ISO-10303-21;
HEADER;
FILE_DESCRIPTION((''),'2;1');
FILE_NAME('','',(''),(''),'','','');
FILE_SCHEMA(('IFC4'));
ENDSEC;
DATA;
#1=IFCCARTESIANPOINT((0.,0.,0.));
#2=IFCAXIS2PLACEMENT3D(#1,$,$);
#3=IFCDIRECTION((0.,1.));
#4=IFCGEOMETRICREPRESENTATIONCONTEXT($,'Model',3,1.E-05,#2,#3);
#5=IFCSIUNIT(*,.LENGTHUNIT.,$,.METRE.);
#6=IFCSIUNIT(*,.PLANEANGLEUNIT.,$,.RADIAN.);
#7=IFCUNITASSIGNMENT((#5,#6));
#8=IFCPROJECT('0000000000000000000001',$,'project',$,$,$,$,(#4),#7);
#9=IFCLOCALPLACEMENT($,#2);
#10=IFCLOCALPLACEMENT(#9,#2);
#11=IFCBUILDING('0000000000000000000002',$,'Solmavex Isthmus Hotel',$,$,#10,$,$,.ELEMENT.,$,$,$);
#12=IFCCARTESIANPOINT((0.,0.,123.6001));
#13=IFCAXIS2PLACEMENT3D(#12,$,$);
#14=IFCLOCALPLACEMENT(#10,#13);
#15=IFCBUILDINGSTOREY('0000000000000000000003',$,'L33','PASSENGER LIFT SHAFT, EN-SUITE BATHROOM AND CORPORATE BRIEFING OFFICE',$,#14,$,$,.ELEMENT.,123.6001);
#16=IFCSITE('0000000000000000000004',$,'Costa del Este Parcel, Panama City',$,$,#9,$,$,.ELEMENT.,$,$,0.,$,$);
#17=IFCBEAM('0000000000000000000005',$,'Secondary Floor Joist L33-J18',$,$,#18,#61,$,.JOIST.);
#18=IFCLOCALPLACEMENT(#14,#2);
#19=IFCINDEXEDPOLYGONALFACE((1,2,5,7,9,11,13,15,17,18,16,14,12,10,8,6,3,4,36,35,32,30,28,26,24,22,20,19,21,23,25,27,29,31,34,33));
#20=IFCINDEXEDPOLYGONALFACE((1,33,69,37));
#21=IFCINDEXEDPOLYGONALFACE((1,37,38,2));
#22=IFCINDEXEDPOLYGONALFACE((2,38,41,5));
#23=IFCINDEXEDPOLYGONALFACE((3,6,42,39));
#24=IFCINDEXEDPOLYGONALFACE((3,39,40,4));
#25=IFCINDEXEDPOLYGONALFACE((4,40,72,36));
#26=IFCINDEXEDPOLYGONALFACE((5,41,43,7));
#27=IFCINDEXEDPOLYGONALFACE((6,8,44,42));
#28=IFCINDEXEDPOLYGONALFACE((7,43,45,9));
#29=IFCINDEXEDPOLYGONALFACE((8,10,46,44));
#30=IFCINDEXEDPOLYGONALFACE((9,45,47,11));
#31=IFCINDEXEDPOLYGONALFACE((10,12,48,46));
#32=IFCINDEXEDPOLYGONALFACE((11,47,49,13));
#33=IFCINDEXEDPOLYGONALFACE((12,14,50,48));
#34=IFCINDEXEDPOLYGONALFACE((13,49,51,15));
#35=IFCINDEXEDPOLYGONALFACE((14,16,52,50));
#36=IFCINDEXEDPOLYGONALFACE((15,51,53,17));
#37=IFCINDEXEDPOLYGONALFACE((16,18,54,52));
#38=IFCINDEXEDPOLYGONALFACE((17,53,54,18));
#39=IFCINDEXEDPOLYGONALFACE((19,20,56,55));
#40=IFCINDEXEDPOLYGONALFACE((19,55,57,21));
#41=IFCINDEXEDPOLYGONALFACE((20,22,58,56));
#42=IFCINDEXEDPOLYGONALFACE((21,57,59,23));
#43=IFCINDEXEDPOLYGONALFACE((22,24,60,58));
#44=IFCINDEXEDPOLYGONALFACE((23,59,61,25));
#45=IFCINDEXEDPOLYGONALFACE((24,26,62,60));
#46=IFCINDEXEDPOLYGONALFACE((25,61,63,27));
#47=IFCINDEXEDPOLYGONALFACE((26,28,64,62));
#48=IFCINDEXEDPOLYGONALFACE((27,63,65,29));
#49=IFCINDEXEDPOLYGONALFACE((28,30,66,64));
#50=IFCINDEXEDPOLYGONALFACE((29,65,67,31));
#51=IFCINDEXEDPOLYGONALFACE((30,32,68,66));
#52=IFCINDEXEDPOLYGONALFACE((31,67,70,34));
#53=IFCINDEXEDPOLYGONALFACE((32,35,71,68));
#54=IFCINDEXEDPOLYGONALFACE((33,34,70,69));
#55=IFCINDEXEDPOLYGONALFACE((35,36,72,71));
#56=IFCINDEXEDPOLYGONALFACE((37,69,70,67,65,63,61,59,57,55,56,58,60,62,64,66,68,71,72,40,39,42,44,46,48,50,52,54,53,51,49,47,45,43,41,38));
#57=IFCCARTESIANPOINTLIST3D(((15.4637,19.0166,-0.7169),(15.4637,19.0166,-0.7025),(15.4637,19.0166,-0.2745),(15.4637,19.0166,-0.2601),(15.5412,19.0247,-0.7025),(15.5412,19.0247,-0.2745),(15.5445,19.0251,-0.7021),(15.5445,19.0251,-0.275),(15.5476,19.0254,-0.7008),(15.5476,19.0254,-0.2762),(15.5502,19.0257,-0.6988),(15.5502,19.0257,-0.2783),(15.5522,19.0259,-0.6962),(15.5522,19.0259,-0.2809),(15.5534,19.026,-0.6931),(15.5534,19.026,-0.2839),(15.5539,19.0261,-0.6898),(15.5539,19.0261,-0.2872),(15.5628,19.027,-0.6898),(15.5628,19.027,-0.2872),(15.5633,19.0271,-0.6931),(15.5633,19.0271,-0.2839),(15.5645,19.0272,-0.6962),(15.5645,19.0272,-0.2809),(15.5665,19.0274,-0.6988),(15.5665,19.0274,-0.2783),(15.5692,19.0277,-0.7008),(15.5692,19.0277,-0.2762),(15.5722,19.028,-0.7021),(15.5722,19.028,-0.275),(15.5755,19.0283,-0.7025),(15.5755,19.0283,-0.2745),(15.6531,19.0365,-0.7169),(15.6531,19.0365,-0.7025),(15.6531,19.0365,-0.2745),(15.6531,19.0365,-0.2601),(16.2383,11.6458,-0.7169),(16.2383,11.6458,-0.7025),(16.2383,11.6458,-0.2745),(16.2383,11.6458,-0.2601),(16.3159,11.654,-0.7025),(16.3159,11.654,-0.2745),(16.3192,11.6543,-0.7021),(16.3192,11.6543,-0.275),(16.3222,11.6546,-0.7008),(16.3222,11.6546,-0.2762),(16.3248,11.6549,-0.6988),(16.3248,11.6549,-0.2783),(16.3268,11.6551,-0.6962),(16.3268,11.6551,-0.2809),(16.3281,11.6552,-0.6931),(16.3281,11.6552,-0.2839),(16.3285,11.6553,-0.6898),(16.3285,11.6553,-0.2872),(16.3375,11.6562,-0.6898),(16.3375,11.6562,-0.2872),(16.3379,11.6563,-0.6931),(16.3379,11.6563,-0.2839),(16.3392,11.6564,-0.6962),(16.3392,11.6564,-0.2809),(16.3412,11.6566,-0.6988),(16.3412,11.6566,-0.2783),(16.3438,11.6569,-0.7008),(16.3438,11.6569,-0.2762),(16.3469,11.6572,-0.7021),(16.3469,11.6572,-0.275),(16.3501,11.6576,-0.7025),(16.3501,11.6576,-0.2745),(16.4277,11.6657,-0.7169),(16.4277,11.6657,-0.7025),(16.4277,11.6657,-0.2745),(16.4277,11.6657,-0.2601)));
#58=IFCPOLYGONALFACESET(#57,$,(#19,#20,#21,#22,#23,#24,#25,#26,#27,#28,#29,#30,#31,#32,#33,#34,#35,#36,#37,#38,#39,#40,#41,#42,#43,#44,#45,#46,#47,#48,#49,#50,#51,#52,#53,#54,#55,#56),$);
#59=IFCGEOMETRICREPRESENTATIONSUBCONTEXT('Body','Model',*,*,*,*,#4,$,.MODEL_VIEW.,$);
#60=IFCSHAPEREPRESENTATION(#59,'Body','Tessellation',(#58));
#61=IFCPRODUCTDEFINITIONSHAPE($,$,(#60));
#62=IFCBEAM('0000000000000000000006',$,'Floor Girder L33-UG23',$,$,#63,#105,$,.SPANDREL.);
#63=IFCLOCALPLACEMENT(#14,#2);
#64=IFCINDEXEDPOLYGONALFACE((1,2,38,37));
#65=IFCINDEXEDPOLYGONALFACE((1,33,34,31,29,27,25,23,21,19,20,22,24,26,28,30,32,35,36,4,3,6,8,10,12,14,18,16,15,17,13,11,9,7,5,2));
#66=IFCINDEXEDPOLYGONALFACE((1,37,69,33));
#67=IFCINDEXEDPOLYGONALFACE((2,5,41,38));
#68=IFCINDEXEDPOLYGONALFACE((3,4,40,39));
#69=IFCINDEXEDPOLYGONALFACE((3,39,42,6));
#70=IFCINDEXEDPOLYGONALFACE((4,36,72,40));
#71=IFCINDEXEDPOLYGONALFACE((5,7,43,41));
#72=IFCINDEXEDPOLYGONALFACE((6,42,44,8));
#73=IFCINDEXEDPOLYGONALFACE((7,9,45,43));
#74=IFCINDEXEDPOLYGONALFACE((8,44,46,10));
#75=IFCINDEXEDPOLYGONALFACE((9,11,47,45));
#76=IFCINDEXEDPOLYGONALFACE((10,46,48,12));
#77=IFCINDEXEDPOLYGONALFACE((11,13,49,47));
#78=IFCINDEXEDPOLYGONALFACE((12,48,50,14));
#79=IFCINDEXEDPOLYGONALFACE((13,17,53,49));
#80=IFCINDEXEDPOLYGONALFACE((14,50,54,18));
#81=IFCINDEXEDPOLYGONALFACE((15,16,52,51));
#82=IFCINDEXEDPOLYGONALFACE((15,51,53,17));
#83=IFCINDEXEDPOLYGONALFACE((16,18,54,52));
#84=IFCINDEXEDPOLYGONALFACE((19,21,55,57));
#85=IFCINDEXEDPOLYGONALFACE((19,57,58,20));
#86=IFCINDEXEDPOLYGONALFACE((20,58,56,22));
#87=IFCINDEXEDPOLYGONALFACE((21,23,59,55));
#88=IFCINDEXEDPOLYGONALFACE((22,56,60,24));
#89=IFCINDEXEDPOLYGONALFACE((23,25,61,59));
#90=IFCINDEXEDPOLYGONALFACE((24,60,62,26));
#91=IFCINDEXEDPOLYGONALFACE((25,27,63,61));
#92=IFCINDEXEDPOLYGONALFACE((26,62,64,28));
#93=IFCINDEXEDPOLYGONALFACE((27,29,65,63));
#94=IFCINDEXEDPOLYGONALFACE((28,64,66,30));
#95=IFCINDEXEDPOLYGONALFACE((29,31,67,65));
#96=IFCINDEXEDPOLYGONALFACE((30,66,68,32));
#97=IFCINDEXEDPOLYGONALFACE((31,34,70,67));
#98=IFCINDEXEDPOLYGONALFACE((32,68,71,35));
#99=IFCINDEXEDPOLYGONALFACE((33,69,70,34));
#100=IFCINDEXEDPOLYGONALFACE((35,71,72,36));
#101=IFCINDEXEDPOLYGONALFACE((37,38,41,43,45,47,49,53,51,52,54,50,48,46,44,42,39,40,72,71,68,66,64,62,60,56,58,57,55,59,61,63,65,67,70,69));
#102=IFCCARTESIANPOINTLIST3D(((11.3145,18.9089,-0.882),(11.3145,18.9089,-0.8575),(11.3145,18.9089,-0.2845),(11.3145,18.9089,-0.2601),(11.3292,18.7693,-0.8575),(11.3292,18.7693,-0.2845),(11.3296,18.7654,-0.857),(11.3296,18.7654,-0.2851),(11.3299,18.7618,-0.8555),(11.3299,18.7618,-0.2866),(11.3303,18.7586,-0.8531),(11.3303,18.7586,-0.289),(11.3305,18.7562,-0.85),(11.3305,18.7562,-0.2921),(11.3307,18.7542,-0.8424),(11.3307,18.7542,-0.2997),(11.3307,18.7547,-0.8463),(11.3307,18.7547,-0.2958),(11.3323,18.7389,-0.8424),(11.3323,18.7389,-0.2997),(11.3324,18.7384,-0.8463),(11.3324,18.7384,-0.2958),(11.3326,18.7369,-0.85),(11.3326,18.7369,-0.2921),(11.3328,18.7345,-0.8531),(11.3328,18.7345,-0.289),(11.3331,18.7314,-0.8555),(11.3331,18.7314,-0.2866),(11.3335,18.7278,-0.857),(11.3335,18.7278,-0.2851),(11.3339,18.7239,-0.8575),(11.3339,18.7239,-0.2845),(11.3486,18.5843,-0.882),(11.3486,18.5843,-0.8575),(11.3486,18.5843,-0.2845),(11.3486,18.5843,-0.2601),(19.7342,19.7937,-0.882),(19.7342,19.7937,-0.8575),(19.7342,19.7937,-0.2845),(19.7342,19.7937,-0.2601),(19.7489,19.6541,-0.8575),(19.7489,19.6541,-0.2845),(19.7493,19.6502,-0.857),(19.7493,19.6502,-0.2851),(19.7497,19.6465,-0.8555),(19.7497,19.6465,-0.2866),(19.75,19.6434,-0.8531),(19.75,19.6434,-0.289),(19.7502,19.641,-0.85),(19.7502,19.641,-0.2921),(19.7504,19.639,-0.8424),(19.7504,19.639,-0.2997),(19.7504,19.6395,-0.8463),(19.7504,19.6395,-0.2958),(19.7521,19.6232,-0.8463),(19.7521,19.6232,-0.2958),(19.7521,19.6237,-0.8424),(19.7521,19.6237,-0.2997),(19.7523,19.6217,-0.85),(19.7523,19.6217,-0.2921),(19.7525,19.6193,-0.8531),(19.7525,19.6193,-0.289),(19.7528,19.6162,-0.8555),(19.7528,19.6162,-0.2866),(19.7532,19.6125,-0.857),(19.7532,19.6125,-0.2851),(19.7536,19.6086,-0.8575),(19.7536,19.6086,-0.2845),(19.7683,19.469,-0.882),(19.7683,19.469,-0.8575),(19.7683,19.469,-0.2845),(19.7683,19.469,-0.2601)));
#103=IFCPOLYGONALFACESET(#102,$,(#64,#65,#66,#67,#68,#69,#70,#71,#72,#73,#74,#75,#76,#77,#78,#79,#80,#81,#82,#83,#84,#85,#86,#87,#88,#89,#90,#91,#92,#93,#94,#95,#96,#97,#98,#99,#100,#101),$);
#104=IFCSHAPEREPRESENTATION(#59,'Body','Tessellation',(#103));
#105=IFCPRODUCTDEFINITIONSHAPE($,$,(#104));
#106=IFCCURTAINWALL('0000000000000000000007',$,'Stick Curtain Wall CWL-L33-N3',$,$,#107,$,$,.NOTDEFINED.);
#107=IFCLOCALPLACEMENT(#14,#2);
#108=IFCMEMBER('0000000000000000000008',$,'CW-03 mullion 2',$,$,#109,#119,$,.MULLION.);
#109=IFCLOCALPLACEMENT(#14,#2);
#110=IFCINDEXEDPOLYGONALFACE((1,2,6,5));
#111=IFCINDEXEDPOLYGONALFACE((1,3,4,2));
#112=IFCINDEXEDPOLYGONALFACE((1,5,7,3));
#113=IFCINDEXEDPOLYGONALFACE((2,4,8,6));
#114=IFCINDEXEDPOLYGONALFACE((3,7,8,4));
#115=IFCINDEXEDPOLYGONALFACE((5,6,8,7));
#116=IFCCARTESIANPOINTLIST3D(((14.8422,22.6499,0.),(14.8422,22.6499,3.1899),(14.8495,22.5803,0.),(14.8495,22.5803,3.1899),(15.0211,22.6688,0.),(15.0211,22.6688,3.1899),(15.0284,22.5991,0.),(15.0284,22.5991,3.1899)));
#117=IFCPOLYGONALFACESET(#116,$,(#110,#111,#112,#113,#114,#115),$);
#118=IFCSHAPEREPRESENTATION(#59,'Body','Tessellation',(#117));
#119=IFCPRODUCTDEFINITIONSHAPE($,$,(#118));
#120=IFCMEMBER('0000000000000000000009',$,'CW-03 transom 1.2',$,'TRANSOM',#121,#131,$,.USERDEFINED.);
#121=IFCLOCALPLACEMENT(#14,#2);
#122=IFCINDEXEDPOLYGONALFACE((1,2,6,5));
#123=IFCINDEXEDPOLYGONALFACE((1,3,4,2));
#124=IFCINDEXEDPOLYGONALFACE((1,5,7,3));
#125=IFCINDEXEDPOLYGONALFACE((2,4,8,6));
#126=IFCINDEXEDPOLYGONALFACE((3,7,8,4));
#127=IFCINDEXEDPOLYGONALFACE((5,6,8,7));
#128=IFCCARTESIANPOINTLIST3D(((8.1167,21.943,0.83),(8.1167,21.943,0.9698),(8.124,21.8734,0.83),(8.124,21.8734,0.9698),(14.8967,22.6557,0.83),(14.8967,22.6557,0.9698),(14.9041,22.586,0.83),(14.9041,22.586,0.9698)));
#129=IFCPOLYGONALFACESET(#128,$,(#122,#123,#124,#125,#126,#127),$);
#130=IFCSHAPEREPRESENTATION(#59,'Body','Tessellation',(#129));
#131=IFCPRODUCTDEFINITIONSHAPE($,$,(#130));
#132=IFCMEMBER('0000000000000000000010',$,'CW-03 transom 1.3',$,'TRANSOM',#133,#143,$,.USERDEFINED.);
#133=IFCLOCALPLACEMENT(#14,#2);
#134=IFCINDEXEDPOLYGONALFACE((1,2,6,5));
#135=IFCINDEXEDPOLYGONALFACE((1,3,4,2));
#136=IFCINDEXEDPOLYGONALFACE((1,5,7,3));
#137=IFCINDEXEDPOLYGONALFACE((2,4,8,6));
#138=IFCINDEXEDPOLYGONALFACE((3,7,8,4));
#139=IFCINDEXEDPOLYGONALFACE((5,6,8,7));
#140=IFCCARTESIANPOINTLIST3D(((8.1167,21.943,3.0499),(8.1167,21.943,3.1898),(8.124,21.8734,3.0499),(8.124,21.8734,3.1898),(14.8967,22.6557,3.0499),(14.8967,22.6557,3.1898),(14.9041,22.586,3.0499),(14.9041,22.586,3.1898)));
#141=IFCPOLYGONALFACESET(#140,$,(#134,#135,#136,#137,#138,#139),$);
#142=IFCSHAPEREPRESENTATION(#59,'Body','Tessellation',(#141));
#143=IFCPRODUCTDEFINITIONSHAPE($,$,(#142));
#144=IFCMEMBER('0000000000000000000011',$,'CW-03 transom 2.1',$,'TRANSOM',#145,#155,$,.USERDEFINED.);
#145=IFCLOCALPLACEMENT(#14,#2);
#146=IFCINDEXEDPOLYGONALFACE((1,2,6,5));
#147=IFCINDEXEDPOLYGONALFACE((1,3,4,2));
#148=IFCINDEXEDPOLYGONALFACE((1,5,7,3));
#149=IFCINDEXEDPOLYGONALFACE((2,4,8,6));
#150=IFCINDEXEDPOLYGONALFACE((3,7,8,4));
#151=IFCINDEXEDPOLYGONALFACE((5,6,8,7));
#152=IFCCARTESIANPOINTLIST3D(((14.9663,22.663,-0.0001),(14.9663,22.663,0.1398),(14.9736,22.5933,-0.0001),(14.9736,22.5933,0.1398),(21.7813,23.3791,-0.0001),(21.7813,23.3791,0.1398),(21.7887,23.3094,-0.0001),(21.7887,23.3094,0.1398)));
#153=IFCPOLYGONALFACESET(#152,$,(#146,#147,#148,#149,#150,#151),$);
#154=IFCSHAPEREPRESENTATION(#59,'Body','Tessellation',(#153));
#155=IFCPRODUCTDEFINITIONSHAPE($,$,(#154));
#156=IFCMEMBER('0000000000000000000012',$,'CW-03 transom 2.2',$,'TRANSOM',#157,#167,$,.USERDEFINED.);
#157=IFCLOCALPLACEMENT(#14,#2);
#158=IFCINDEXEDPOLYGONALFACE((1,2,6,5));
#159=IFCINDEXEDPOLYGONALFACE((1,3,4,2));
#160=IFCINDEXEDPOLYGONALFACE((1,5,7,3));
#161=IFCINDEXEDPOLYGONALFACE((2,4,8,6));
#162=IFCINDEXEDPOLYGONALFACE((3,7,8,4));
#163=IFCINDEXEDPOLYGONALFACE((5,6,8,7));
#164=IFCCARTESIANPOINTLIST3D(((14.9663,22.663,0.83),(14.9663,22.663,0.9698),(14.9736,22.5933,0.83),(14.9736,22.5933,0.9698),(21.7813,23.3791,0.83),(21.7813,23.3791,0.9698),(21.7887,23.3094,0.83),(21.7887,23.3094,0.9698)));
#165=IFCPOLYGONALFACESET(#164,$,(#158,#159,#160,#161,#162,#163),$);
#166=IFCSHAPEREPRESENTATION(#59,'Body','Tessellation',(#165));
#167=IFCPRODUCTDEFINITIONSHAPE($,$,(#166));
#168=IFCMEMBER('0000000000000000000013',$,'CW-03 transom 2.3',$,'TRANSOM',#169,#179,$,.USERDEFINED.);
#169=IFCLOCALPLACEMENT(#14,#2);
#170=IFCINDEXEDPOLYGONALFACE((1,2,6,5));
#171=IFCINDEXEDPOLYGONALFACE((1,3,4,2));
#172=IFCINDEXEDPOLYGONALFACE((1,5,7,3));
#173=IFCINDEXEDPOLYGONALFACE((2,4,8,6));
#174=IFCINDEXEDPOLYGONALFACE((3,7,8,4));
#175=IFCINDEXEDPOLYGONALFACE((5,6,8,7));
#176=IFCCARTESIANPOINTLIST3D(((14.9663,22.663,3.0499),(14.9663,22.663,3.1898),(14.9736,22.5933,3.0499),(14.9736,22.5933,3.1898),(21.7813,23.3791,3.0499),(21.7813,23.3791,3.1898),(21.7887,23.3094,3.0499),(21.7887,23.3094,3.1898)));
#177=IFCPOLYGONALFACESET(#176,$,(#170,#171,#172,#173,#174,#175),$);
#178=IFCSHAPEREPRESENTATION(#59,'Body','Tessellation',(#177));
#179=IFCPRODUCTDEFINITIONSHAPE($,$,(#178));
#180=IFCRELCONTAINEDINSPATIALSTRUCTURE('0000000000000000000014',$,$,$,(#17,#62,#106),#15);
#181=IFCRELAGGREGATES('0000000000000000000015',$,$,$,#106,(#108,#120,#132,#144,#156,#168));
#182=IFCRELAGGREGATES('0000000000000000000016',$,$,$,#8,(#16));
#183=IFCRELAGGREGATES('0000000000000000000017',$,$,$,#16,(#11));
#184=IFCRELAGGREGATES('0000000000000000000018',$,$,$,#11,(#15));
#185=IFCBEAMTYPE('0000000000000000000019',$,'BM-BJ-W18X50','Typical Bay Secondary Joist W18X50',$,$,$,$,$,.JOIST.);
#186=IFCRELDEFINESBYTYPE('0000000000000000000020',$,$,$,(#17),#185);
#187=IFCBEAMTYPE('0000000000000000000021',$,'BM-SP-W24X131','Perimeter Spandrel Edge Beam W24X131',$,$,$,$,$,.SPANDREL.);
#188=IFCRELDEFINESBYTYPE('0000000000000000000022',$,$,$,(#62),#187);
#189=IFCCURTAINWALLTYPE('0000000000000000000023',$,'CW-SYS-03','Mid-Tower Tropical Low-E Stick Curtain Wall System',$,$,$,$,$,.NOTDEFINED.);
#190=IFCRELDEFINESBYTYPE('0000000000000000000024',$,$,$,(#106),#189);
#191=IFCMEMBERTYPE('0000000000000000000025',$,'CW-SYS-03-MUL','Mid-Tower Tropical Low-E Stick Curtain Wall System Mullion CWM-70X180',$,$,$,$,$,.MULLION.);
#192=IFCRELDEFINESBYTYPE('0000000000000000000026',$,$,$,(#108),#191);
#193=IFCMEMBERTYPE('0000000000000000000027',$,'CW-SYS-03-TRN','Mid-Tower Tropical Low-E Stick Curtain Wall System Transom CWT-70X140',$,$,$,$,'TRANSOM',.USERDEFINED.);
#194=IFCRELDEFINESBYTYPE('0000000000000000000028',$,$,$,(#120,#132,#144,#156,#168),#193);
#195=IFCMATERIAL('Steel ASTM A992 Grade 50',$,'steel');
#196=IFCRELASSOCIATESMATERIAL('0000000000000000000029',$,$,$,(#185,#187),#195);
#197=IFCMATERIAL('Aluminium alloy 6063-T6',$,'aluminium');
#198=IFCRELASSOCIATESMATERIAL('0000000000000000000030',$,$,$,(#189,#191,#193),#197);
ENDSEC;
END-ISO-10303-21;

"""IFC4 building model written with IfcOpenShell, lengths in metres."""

from ifc_helpers import new_model, si_unit, direction, frame, origin, origin_2d, place, context, subcontext, project, spatial, rectangle, i_section, extrude, material, material_profile, profile_set, type_object, element, aggregate, save


model = new_model("IFC4")

# Units and contexts
model_context = context("Model", 3, precision=1e-05, world=origin(), true_north=direction((0.0, 1.0)))
body_context = subcontext(model_context, "Body", "Model", "MODEL_VIEW")
ifc_project = project(units=[si_unit("LENGTHUNIT", "METRE"), si_unit("PLANEANGLEUNIT", "RADIAN")], contexts=[model_context])

# Site, building, storey
site_placement = place(None, origin())
site = spatial("IfcSite", under=ifc_project, at=site_placement, Name="Costa del Este Parcel, Panama City", CompositionType="ELEMENT", RefElevation=0.0)
building_placement = place(site_placement, origin())
building = spatial("IfcBuilding", under=site, at=building_placement, Name="Solmavex Isthmus Hotel", CompositionType="ELEMENT")
storey_placement = place(building_placement, frame((0.0, 0.0, 123.6001)))
storey = spatial("IfcBuildingStorey", under=building, at=storey_placement, Name="L33", Description="PASSENGER LIFT SHAFT, EN-SUITE BATHROOM AND CORPORATE BRIEFING OFFICE", CompositionType="ELEMENT", Elevation=123.6001)

# Beams
ifc_material_1 = material(Name="Steel ASTM A992 Grade 50", Category="steel")
ifc_material_profile_1 = material_profile(ifc_material_1, i_section(OverallWidth=0.1904, OverallDepth=0.4568, WebThickness=0.009, FlangeThickness=0.0144, FilletRadius=0.0127, at=origin_2d()), Name="W18X50")
ifc_profile_set_1 = profile_set([ifc_material_profile_1], Name="Steel ASTM A992 Grade 50")
beam_type_1 = type_object("IfcBeamType", Name="BM-BJ-W18X50", Description="Typical Bay Secondary Joist W18X50", PredefinedType="JOIST", material=ifc_profile_set_1)
beam_1_placement = place(storey_placement, frame((16.333, 11.6558, -0.4885), z_axis=(-0.104522, 0.994523, 0.0), x_axis=(-0.994523, -0.104522, 0.0)))
element("IfcBeam", 1, at=beam_1_placement, inside=storey, type_object=beam_type_1, Name="Secondary Floor Joist L33-J18", PredefinedType="JOIST", context=body_context, shape_type="SweptSolid", body=[
    extrude(i_section(OverallWidth=0.1904, OverallDepth=0.4568, WebThickness=0.009, FlangeThickness=0.0144, FilletRadius=0.0127, at=origin_2d()), origin(), (0.0, 0.0, 1.0), 7.4114),
])
ifc_material_profile_2 = material_profile(ifc_material_1, i_section(OverallWidth=0.3264, OverallDepth=0.6218, WebThickness=0.0154, FlangeThickness=0.0244, FilletRadius=0.0151, at=origin_2d()), Name="W24X131")
ifc_profile_set_2 = profile_set([ifc_material_profile_2], Name="Steel ASTM A992 Grade 50")
beam_type_2 = type_object("IfcBeamType", Name="BM-SP-W24X131", Description="Perimeter Spandrel Edge Beam W24X131", PredefinedType="SPANDREL", material=ifc_profile_set_2)
beam_2_placement = place(storey_placement, frame((11.3315, 18.7466, -0.571), z_axis=(0.994524, 0.104508, 0.0), x_axis=(-0.104508, 0.994524, 0.0)))
element("IfcBeam", 2, at=beam_2_placement, inside=storey, type_object=beam_type_2, Name="Floor Girder L33-UG23", PredefinedType="SPANDREL", context=body_context, shape_type="SweptSolid", body=[
    extrude(i_section(OverallWidth=0.3264, OverallDepth=0.6218, WebThickness=0.0154, FlangeThickness=0.0244, FilletRadius=0.0151, at=origin_2d()), origin(), (0.0, 0.0, 1.0), 8.4661),
])

# Curtain wall, members
ifc_material_2 = material(Name="Aluminium alloy 6063-T6", Category="aluminium")
curtain_wall_type = type_object("IfcCurtainWallType", Name="CW-SYS-03", Description="Mid-Tower Tropical Low-E Stick Curtain Wall System", PredefinedType="NOTDEFINED", material=ifc_material_2)
curtain_wall_placement = place(storey_placement, origin())
curtain_wall = element("IfcCurtainWall", 3, at=curtain_wall_placement, inside=storey, type_object=curtain_wall_type, Name="Stick Curtain Wall CWL-L33-N3", PredefinedType="NOTDEFINED")
ifc_material_profile_3 = material_profile(ifc_material_2, rectangle(XDim=0.0701, YDim=0.1799, at=origin_2d()), Name="CWM-70X180")
ifc_profile_set_3 = profile_set([ifc_material_profile_3], Name="Aluminium alloy 6063-T6")
member_type_1 = type_object("IfcMemberType", Name="CW-SYS-03-MUL", Description="Mid-Tower Tropical Low-E Stick Curtain Wall System Mullion CWM-70X180", PredefinedType="MULLION", material=ifc_profile_set_3)
member_1_placement = place(storey_placement, frame((14.9353, 22.6245, 0.0), z_axis=(0.0, 0.0, 1.0), x_axis=(-0.104528, 0.994522, 0.0)))
member_1 = element("IfcMember", 4, at=member_1_placement, type_object=member_type_1, Name="CW-03 mullion 2", PredefinedType="MULLION", context=body_context, shape_type="SweptSolid", body=[
    extrude(rectangle(XDim=0.0701, YDim=0.1799, at=origin_2d()), origin(), (0.0, 0.0, 1.0), 3.1899),
])
ifc_material_profile_4 = material_profile(ifc_material_2, rectangle(XDim=0.0701, YDim=0.1399, at=origin_2d()), Name="CWT-70X140")
ifc_profile_set_4 = profile_set([ifc_material_profile_4], Name="Aluminium alloy 6063-T6")
member_type_2 = type_object("IfcMemberType", Name="CW-SYS-03-TRN", Description="Mid-Tower Tropical Low-E Stick Curtain Wall System Transom CWT-70X140", ElementType="TRANSOM", PredefinedType="USERDEFINED", material=ifc_profile_set_4)
member_2_placement = place(storey_placement, frame((8.1204, 21.9082, 0.8999), z_axis=(0.994521, 0.104534, 0.0), x_axis=(-0.104534, 0.994521, 0.0)))
member_2 = element("IfcMember", 5, at=member_2_placement, type_object=member_type_2, Name="CW-03 transom 1.2", ObjectType="TRANSOM", PredefinedType="USERDEFINED", context=body_context, shape_type="SweptSolid", body=[
    extrude(rectangle(XDim=0.0701, YDim=0.1399, at=origin_2d()), origin(), (0.0, 0.0, 1.0), 6.8174),
])
member_3_placement = place(storey_placement, frame((8.1204, 21.9082, 3.1199), z_axis=(0.994521, 0.104534, 0.0), x_axis=(-0.104534, 0.994521, 0.0)))
member_3 = element("IfcMember", 6, at=member_3_placement, type_object=member_type_2, Name="CW-03 transom 1.3", ObjectType="TRANSOM", PredefinedType="USERDEFINED", context=body_context, shape_type="SweptSolid", body=[
    extrude(rectangle(XDim=0.0701, YDim=0.1399, at=origin_2d()), origin(), (0.0, 0.0, 1.0), 6.8174),
])
member_4_placement = place(storey_placement, frame((14.97, 22.6282, 0.0698), z_axis=(0.994525, 0.104497, 0.0), x_axis=(-0.104497, 0.994525, 0.0)))
member_4 = element("IfcMember", 7, at=member_4_placement, type_object=member_type_2, Name="CW-03 transom 2.1", ObjectType="TRANSOM", PredefinedType="USERDEFINED", context=body_context, shape_type="SweptSolid", body=[
    extrude(rectangle(XDim=0.0701, YDim=0.1399, at=origin_2d()), origin(), (0.0, 0.0, 1.0), 6.8525),
])
member_5_placement = place(storey_placement, frame((14.97, 22.6282, 0.8999), z_axis=(0.994525, 0.104497, 0.0), x_axis=(-0.104497, 0.994525, 0.0)))
member_5 = element("IfcMember", 8, at=member_5_placement, type_object=member_type_2, Name="CW-03 transom 2.2", ObjectType="TRANSOM", PredefinedType="USERDEFINED", context=body_context, shape_type="SweptSolid", body=[
    extrude(rectangle(XDim=0.0701, YDim=0.1399, at=origin_2d()), origin(), (0.0, 0.0, 1.0), 6.8525),
])
member_6_placement = place(storey_placement, frame((14.97, 22.6282, 3.1199), z_axis=(0.994525, 0.104497, 0.0), x_axis=(-0.104497, 0.994525, 0.0)))
member_6 = element("IfcMember", 9, at=member_6_placement, type_object=member_type_2, Name="CW-03 transom 2.3", ObjectType="TRANSOM", PredefinedType="USERDEFINED", context=body_context, shape_type="SweptSolid", body=[
    extrude(rectangle(XDim=0.0701, YDim=0.1399, at=origin_2d()), origin(), (0.0, 0.0, 1.0), 6.8525),
])
aggregate(curtain_wall, [member_1, member_2, member_3, member_4, member_5, member_6])

save(model, "model.ifc")
